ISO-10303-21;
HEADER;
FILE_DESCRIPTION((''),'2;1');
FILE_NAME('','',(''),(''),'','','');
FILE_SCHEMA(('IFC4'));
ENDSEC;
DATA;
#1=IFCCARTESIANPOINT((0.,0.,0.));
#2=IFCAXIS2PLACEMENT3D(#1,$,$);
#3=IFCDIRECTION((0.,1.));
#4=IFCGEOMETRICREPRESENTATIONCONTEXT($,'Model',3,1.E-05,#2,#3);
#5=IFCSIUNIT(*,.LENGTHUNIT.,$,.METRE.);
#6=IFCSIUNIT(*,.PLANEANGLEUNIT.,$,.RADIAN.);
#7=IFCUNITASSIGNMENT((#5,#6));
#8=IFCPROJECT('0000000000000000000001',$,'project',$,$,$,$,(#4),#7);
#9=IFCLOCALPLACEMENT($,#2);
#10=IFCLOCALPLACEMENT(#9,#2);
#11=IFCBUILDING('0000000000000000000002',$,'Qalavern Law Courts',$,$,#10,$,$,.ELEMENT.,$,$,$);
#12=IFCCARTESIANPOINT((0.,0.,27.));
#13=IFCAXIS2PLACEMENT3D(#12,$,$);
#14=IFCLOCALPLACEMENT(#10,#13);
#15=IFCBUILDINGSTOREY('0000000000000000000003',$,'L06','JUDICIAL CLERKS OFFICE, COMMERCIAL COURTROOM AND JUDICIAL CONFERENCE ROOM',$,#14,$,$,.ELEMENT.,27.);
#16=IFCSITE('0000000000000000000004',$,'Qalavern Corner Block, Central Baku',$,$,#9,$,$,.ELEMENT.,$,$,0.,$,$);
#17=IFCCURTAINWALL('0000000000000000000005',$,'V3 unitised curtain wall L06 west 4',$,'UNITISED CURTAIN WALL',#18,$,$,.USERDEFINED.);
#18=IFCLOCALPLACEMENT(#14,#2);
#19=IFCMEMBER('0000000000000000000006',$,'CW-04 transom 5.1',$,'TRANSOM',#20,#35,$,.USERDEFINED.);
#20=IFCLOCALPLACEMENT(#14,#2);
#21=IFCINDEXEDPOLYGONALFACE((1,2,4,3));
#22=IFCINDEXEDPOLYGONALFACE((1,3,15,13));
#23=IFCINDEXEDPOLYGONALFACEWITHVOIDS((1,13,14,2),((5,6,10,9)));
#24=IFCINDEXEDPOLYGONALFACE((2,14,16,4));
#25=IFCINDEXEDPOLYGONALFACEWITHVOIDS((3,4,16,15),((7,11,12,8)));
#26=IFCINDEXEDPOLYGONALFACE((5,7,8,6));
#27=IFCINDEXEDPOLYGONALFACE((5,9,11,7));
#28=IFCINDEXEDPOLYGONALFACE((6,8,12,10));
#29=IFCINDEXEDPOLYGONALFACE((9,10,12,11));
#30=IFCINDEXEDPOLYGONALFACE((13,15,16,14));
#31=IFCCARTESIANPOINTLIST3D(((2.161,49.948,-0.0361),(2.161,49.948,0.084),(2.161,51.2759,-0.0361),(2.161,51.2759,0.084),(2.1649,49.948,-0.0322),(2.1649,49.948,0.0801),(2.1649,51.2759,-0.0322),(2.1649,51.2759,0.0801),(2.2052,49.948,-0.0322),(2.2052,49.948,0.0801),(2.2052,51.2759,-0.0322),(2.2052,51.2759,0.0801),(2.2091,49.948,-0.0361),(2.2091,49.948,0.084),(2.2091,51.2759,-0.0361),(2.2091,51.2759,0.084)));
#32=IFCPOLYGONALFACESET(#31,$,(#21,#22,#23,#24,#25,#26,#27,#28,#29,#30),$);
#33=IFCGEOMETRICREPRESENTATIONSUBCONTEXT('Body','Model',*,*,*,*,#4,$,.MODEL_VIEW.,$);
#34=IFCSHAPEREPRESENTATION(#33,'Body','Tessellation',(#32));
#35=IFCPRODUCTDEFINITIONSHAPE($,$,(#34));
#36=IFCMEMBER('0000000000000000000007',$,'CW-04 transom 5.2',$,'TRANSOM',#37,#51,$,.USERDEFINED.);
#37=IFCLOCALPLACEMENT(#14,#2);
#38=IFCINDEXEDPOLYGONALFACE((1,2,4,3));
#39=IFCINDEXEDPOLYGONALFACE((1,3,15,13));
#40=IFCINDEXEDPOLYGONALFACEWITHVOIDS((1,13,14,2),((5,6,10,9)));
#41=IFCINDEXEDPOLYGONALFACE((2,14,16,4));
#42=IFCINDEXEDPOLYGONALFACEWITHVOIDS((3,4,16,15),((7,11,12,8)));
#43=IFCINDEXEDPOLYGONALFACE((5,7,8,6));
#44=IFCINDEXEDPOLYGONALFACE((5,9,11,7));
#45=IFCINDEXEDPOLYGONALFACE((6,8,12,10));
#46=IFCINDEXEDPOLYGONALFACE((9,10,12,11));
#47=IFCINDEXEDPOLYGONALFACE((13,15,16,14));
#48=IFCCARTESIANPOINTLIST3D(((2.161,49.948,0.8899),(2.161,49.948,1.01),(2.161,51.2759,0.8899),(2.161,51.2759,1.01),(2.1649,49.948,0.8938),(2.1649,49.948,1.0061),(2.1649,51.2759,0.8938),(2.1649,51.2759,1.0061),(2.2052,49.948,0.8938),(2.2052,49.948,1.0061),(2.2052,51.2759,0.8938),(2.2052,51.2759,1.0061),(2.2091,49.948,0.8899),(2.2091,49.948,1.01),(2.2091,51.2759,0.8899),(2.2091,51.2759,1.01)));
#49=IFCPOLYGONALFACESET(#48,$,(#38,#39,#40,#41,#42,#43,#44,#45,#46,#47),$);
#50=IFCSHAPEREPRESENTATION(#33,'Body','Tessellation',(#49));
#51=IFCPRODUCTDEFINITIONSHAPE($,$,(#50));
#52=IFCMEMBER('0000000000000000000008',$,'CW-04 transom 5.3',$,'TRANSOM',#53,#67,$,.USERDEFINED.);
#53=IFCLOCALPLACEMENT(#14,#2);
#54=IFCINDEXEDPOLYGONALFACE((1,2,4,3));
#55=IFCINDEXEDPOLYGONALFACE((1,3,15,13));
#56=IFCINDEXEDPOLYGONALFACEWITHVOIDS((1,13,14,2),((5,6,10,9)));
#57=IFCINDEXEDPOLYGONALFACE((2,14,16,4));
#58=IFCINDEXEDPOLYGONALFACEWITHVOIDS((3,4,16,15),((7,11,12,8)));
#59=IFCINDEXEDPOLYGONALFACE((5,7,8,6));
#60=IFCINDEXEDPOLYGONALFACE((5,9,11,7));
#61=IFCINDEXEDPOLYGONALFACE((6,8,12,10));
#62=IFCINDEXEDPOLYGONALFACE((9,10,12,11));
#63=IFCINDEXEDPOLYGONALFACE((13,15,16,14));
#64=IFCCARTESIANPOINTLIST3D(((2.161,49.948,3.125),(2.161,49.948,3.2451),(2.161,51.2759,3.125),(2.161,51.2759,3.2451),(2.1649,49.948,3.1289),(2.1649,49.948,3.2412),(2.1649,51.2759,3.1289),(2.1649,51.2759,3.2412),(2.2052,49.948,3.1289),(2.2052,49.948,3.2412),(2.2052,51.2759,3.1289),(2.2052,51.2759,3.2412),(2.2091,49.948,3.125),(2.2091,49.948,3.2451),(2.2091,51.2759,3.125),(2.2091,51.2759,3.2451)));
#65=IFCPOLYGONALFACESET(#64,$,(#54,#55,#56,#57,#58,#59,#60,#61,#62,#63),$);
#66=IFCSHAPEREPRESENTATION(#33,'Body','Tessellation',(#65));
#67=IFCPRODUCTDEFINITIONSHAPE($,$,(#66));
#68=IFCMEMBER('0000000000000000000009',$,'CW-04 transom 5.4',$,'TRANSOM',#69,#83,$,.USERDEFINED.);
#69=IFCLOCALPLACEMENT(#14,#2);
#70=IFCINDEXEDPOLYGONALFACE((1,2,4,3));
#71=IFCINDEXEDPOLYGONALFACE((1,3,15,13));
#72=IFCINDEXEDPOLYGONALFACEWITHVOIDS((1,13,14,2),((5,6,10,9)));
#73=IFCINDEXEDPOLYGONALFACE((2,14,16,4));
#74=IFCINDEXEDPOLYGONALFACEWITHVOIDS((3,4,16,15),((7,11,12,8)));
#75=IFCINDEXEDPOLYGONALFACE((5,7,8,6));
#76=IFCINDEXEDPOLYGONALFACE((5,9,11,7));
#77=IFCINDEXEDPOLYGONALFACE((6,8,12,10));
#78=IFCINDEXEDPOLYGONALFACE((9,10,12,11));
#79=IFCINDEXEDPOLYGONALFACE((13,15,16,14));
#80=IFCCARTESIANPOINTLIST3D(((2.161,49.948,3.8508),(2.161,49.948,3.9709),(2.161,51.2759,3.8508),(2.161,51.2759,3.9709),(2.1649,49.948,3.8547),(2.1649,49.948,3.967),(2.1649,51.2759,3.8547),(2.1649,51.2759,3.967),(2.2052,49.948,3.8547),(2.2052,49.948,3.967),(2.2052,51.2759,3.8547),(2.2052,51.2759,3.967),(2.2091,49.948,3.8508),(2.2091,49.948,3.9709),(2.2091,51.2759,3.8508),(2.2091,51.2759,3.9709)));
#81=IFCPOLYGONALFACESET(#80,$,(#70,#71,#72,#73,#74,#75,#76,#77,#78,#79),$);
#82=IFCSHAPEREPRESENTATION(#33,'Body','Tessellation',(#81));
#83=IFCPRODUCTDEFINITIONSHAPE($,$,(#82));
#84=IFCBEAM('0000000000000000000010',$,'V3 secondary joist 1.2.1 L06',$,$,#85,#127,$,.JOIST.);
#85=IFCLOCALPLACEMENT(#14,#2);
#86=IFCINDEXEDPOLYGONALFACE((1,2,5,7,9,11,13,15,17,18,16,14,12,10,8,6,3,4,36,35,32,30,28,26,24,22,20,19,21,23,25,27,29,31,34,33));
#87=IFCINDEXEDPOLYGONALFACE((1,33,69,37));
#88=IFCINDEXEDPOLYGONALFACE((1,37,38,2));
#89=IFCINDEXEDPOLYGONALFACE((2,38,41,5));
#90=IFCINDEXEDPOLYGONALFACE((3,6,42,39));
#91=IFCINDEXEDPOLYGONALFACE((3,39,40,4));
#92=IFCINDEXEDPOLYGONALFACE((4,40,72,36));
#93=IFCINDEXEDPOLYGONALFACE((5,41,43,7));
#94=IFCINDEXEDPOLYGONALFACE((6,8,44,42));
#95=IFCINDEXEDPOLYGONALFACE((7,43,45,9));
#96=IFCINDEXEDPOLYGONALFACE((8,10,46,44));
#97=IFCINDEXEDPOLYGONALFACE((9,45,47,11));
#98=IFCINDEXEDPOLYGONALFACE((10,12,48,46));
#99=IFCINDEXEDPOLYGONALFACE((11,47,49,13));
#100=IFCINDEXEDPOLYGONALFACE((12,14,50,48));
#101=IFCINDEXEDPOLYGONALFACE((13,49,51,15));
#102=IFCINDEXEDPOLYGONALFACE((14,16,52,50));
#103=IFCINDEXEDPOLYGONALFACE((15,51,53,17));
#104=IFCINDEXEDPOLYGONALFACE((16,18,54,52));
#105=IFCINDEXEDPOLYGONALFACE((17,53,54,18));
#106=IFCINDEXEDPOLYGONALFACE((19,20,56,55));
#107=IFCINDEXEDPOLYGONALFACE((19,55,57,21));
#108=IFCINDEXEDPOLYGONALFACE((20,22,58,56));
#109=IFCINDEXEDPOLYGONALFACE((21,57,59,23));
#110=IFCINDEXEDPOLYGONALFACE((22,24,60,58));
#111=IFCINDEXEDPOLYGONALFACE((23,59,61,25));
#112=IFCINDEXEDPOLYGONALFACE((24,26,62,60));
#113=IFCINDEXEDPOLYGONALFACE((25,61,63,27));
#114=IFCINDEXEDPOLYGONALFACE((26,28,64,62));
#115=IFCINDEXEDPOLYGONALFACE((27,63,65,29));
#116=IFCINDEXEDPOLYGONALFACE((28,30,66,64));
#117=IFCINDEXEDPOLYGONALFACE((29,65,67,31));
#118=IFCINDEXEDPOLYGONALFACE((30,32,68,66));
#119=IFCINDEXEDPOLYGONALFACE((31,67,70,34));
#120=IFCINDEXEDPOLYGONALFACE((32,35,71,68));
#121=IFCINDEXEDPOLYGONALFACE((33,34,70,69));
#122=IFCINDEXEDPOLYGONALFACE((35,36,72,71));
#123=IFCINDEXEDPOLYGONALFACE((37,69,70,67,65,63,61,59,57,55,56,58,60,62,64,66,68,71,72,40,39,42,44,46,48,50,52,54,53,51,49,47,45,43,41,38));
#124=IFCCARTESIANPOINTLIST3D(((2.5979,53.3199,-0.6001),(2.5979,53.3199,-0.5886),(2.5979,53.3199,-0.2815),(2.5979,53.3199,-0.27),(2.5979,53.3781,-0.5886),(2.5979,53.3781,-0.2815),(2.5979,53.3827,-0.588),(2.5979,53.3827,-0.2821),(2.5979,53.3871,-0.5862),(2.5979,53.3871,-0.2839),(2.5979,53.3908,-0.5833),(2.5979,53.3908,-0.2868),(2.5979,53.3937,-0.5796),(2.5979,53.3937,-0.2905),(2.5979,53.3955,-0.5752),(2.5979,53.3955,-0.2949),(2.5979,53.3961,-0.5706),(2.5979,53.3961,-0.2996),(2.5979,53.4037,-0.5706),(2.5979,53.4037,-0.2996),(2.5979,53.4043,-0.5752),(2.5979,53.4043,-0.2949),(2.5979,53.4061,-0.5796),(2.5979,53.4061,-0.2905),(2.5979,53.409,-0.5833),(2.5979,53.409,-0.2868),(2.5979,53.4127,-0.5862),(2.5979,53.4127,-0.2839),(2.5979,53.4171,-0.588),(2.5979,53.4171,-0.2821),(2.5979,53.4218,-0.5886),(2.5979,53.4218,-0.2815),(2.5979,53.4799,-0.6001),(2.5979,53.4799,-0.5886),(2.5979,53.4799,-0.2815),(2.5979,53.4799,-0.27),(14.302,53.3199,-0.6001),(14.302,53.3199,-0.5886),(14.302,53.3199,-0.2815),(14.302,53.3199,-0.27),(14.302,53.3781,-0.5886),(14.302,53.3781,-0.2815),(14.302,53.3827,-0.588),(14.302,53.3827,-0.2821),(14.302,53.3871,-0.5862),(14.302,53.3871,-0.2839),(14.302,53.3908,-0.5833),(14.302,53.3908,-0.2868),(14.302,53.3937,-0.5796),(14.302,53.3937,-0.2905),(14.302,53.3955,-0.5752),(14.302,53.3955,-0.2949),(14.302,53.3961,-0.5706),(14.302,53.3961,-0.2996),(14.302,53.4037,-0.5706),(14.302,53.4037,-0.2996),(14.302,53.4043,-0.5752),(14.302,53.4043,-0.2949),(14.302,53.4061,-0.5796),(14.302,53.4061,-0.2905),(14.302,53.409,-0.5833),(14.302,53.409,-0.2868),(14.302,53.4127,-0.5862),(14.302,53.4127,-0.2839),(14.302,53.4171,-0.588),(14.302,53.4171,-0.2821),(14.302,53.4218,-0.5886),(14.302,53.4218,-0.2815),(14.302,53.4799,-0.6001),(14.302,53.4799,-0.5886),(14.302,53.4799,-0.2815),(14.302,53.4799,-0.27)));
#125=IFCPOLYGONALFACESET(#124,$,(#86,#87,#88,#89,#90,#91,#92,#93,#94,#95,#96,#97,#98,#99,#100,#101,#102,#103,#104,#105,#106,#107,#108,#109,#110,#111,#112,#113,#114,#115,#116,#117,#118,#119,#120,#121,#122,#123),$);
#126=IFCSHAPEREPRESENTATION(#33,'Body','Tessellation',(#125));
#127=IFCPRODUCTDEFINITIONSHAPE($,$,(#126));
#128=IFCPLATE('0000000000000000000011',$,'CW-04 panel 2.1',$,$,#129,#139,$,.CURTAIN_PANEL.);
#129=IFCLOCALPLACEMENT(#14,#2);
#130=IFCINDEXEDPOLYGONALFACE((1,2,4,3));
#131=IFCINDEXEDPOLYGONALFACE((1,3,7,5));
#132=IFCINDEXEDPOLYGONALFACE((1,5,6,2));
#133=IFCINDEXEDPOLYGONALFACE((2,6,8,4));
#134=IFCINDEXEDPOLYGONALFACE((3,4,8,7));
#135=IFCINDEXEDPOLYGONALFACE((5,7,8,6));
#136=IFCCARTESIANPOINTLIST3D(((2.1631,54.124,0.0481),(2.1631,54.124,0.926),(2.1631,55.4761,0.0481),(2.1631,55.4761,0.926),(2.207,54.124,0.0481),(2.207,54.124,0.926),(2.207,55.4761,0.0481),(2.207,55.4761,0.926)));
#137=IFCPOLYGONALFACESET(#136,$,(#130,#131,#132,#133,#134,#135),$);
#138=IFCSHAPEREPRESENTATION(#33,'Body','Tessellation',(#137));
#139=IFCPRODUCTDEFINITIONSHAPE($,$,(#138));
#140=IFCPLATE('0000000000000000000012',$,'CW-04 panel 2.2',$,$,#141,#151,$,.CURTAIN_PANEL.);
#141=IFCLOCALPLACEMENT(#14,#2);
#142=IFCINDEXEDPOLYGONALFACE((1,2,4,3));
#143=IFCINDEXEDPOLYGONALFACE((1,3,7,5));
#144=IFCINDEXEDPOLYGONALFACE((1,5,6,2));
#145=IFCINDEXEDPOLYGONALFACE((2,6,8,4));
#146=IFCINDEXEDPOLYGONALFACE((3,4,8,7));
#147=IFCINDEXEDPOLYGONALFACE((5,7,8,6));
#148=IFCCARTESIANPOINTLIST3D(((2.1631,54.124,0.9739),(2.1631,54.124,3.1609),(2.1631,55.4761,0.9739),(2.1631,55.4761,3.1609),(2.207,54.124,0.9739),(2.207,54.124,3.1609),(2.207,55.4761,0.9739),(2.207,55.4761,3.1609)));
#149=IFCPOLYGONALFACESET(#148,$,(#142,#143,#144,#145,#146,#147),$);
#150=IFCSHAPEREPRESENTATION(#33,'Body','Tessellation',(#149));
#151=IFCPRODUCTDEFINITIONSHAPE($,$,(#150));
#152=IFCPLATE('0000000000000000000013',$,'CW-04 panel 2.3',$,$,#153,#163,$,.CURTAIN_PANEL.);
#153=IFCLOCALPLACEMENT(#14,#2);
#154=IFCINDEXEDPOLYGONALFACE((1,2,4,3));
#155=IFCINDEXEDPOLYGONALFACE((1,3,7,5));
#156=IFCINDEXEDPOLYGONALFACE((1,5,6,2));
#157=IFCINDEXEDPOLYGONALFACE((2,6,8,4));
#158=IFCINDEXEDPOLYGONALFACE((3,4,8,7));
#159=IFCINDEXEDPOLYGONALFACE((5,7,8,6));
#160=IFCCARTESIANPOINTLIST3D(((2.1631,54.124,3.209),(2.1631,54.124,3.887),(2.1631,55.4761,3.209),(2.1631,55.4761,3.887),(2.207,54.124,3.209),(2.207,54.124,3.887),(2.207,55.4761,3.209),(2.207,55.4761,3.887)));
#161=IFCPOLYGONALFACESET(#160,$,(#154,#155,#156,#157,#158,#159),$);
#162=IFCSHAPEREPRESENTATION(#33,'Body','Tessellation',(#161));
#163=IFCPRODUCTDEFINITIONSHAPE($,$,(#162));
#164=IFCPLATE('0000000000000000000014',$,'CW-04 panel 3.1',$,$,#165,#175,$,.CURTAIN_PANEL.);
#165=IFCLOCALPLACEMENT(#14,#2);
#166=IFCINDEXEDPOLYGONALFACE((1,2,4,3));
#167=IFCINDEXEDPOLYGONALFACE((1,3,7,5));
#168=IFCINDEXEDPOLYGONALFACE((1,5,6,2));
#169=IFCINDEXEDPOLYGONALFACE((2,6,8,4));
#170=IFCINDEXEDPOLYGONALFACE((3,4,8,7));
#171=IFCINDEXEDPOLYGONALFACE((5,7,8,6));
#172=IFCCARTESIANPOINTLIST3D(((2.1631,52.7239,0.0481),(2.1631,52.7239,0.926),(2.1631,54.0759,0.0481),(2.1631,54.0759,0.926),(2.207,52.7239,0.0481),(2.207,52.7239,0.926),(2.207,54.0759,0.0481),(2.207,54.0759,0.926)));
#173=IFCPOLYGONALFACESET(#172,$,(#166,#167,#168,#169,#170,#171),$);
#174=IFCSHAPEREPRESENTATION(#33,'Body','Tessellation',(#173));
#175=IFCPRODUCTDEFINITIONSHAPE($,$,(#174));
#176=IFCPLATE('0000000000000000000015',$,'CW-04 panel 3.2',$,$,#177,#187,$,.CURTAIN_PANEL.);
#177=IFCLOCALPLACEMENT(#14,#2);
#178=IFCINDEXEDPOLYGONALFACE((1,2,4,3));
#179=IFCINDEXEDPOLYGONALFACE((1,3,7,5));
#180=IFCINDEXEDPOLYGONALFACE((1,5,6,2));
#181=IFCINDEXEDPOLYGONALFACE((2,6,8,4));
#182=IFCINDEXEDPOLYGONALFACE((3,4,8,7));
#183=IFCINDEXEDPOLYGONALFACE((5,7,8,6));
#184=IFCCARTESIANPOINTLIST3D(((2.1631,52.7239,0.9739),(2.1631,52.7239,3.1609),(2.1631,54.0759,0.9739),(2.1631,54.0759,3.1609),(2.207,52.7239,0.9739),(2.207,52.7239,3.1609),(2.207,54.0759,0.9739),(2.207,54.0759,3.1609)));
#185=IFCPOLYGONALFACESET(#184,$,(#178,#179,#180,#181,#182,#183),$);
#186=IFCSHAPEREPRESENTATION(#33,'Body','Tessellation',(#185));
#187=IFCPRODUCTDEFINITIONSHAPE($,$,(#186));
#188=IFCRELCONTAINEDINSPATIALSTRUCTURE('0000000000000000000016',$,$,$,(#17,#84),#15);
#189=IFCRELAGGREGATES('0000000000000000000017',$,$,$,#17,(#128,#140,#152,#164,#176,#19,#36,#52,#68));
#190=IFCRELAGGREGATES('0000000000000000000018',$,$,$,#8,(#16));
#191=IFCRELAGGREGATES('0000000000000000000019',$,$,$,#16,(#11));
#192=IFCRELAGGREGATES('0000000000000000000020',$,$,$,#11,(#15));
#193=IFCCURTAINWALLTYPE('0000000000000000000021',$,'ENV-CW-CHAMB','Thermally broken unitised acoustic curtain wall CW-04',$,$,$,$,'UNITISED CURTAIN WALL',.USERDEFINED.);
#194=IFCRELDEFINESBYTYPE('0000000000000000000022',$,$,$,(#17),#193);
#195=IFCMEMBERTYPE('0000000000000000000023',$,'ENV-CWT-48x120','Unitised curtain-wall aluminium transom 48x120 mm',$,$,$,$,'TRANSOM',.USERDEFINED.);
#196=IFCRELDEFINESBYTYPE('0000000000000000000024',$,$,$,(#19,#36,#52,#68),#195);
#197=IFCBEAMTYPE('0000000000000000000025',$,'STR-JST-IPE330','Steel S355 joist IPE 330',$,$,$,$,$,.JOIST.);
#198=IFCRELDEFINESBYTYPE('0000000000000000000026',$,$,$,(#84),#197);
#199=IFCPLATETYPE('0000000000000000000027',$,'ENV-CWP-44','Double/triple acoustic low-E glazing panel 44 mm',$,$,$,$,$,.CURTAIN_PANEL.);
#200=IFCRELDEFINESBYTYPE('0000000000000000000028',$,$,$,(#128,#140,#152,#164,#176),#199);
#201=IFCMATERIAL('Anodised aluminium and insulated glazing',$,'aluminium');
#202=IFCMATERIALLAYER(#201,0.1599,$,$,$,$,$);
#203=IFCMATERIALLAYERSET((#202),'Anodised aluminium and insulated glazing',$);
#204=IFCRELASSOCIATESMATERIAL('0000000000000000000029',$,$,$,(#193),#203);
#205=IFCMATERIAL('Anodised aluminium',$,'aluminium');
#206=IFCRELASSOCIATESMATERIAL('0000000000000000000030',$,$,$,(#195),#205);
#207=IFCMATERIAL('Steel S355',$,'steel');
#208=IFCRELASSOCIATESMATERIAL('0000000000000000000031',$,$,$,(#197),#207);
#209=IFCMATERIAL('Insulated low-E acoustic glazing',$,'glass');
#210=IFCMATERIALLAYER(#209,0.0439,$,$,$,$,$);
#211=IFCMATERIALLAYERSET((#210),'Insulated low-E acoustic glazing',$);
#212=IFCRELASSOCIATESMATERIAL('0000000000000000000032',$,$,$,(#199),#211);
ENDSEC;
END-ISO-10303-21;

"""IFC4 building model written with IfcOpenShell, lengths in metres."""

from ifc_helpers import new_model, si_unit, direction, frame, origin, origin_2d, place, context, subcontext, project, spatial, rectangle, hollow_rectangle, i_section, extrude, material, layer, layer_set, material_profile, profile_set, type_object, element, aggregate, save


model = new_model("IFC4")

# Units and contexts
model_context = context("Model", 3, precision=1e-05, world=origin(), true_north=direction((0.0, 1.0)))
body_context = subcontext(model_context, "Body", "Model", "MODEL_VIEW")
ifc_project = project(units=[si_unit("LENGTHUNIT", "METRE"), si_unit("PLANEANGLEUNIT", "RADIAN")], contexts=[model_context])

# Site, building, storey
site_placement = place(None, origin())
site = spatial("IfcSite", under=ifc_project, at=site_placement, Name="Qalavern Corner Block, Central Baku", CompositionType="ELEMENT", RefElevation=0.0)
building_placement = place(site_placement, origin())
building = spatial("IfcBuilding", under=site, at=building_placement, Name="Qalavern Law Courts", CompositionType="ELEMENT")
storey_placement = place(building_placement, frame((0.0, 0.0, 27.0)))
storey = spatial("IfcBuildingStorey", under=building, at=storey_placement, Name="L06", Description="JUDICIAL CLERKS OFFICE, COMMERCIAL COURTROOM AND JUDICIAL CONFERENCE ROOM", CompositionType="ELEMENT", Elevation=27.0)

# Curtain wall, members
ifc_material_1 = material(Name="Anodised aluminium and insulated glazing", Category="aluminium")
ifc_layer_1 = layer(ifc_material_1, 0.1599)
ifc_layer_set_1 = layer_set([ifc_layer_1], Name="Anodised aluminium and insulated glazing")
curtain_wall_type = type_object("IfcCurtainWallType", Name="ENV-CW-CHAMB", Description="Thermally broken unitised acoustic curtain wall CW-04", ElementType="UNITISED CURTAIN WALL", PredefinedType="USERDEFINED", material=ifc_layer_set_1)
curtain_wall_placement = place(storey_placement, origin())
curtain_wall = element("IfcCurtainWall", 1, at=curtain_wall_placement, inside=storey, type_object=curtain_wall_type, Name="V3 unitised curtain wall L06 west 4", ObjectType="UNITISED CURTAIN WALL", PredefinedType="USERDEFINED")
ifc_material_2 = material(Name="Anodised aluminium", Category="aluminium")
ifc_material_profile_1 = material_profile(ifc_material_2, hollow_rectangle(XDim=0.0481, YDim=0.1201, WallThickness=0.0039, at=origin_2d()), Name="ALU TRANSOM 48x120")
ifc_profile_set_1 = profile_set([ifc_material_profile_1], Name="Anodised aluminium")
member_type_1 = type_object("IfcMemberType", Name="ENV-CWT-48x120", Description="Unitised curtain-wall aluminium transom 48x120 mm", ElementType="TRANSOM", PredefinedType="USERDEFINED", material=ifc_profile_set_1)
member_1_placement = place(storey_placement, frame((2.1851, 51.2759, 0.0239), z_axis=(0.0, -1.0, 0.0), x_axis=(1.0, 0.0, 0.0)))
member_1 = element("IfcMember", 2, at=member_1_placement, type_object=member_type_1, Name="CW-04 transom 5.1", ObjectType="TRANSOM", PredefinedType="USERDEFINED", context=body_context, shape_type="SweptSolid", body=[
    extrude(hollow_rectangle(XDim=0.0481, YDim=0.1201, WallThickness=0.0039, at=origin_2d()), origin(), (0.0, 0.0, 1.0), 1.3279),
])
member_2_placement = place(storey_placement, frame((2.1851, 51.2759, 0.95), z_axis=(0.0, -1.0, 0.0), x_axis=(1.0, 0.0, 0.0)))
member_2 = element("IfcMember", 3, at=member_2_placement, type_object=member_type_1, Name="CW-04 transom 5.2", ObjectType="TRANSOM", PredefinedType="USERDEFINED", context=body_context, shape_type="SweptSolid", body=[
    extrude(hollow_rectangle(XDim=0.0481, YDim=0.1201, WallThickness=0.0039, at=origin_2d()), origin(), (0.0, 0.0, 1.0), 1.3279),
])
member_3_placement = place(storey_placement, frame((2.1851, 51.2759, 3.1851), z_axis=(0.0, -1.0, 0.0), x_axis=(1.0, 0.0, 0.0)))
member_3 = element("IfcMember", 4, at=member_3_placement, type_object=member_type_1, Name="CW-04 transom 5.3", ObjectType="TRANSOM", PredefinedType="USERDEFINED", context=body_context, shape_type="SweptSolid", body=[
    extrude(hollow_rectangle(XDim=0.0481, YDim=0.1201, WallThickness=0.0039, at=origin_2d()), origin(), (0.0, 0.0, 1.0), 1.3279),
])
member_4_placement = place(storey_placement, frame((2.1851, 51.2759, 3.9109), z_axis=(0.0, -1.0, 0.0), x_axis=(1.0, 0.0, 0.0)))
member_4 = element("IfcMember", 5, at=member_4_placement, type_object=member_type_1, Name="CW-04 transom 5.4", ObjectType="TRANSOM", PredefinedType="USERDEFINED", context=body_context, shape_type="SweptSolid", body=[
    extrude(hollow_rectangle(XDim=0.0481, YDim=0.1201, WallThickness=0.0039, at=origin_2d()), origin(), (0.0, 0.0, 1.0), 1.3279),
])

# Beam
ifc_material_3 = material(Name="Steel S355", Category="steel")
ifc_material_profile_2 = material_profile(ifc_material_3, i_section(OverallWidth=0.1599, OverallDepth=0.3301, WebThickness=0.0076, FlangeThickness=0.0115, FilletRadius=0.0181, at=origin_2d()), Name="IPE 330")
ifc_profile_set_2 = profile_set([ifc_material_profile_2], Name="Steel S355")
beam_type = type_object("IfcBeamType", Name="STR-JST-IPE330", Description="Steel S355 joist IPE 330", PredefinedType="JOIST", material=ifc_profile_set_2)
beam_placement = place(storey_placement, frame((2.5979, 53.3999, -0.4351), z_axis=(1.0, 0.0, 0.0), x_axis=(0.0, 1.0, 0.0)))
element("IfcBeam", 6, at=beam_placement, inside=storey, type_object=beam_type, Name="V3 secondary joist 1.2.1 L06", PredefinedType="JOIST", context=body_context, shape_type="SweptSolid", body=[
    extrude(i_section(OverallWidth=0.1599, OverallDepth=0.3301, WebThickness=0.0076, FlangeThickness=0.0115, FilletRadius=0.0181, at=origin_2d()), origin(), (0.0, 0.0, 1.0), 11.7041),
])

# Plates
ifc_material_4 = material(Name="Insulated low-E acoustic glazing", Category="glass")
ifc_layer_2 = layer(ifc_material_4, 0.0439)
ifc_layer_set_2 = layer_set([ifc_layer_2], Name="Insulated low-E acoustic glazing")
plate_type = type_object("IfcPlateType", Name="ENV-CWP-44", Description="Double/triple acoustic low-E glazing panel 44 mm", PredefinedType="CURTAIN_PANEL", material=ifc_layer_set_2)
plate_1_placement = place(storey_placement, frame((2.1851, 54.8, 0.0481), z_axis=(0.0, 0.0, 1.0), x_axis=(0.0, -1.0, 0.0)))
plate_1 = element("IfcPlate", 7, at=plate_1_placement, type_object=plate_type, Name="CW-04 panel 2.1", PredefinedType="CURTAIN_PANEL", context=body_context, shape_type="SweptSolid", body=[
    extrude(rectangle(XDim=1.3521, YDim=0.0439, at=origin_2d()), origin(), (0.0, 0.0, 1.0), 0.8779),
])
plate_2_placement = place(storey_placement, frame((2.1851, 54.8, 0.9739), z_axis=(0.0, 0.0, 1.0), x_axis=(0.0, -1.0, 0.0)))
plate_2 = element("IfcPlate", 8, at=plate_2_placement, type_object=plate_type, Name="CW-04 panel 2.2", PredefinedType="CURTAIN_PANEL", context=body_context, shape_type="SweptSolid", body=[
    extrude(rectangle(XDim=1.3521, YDim=0.0439, at=origin_2d()), origin(), (0.0, 0.0, 1.0), 2.187),
])
plate_3_placement = place(storey_placement, frame((2.1851, 54.8, 3.209), z_axis=(0.0, 0.0, 1.0), x_axis=(0.0, -1.0, 0.0)))
plate_3 = element("IfcPlate", 9, at=plate_3_placement, type_object=plate_type, Name="CW-04 panel 2.3", PredefinedType="CURTAIN_PANEL", context=body_context, shape_type="SweptSolid", body=[
    extrude(rectangle(XDim=1.3521, YDim=0.0439, at=origin_2d()), origin(), (0.0, 0.0, 1.0), 0.678),
])
plate_4_placement = place(storey_placement, frame((2.1851, 53.3999, 0.0481), z_axis=(0.0, 0.0, 1.0), x_axis=(0.0, -1.0, 0.0)))
plate_4 = element("IfcPlate", 10, at=plate_4_placement, type_object=plate_type, Name="CW-04 panel 3.1", PredefinedType="CURTAIN_PANEL", context=body_context, shape_type="SweptSolid", body=[
    extrude(rectangle(XDim=1.3521, YDim=0.0439, at=origin_2d()), origin(), (0.0, 0.0, 1.0), 0.8779),
])
plate_5_placement = place(storey_placement, frame((2.1851, 53.3999, 0.9739), z_axis=(0.0, 0.0, 1.0), x_axis=(0.0, -1.0, 0.0)))
plate_5 = element("IfcPlate", 11, at=plate_5_placement, type_object=plate_type, Name="CW-04 panel 3.2", PredefinedType="CURTAIN_PANEL", context=body_context, shape_type="SweptSolid", body=[
    extrude(rectangle(XDim=1.3521, YDim=0.0439, at=origin_2d()), origin(), (0.0, 0.0, 1.0), 2.187),
])
aggregate(curtain_wall, [plate_1, plate_2, plate_3, plate_4, plate_5, member_1, member_2, member_3, member_4])

save(model, "model.ifc")
